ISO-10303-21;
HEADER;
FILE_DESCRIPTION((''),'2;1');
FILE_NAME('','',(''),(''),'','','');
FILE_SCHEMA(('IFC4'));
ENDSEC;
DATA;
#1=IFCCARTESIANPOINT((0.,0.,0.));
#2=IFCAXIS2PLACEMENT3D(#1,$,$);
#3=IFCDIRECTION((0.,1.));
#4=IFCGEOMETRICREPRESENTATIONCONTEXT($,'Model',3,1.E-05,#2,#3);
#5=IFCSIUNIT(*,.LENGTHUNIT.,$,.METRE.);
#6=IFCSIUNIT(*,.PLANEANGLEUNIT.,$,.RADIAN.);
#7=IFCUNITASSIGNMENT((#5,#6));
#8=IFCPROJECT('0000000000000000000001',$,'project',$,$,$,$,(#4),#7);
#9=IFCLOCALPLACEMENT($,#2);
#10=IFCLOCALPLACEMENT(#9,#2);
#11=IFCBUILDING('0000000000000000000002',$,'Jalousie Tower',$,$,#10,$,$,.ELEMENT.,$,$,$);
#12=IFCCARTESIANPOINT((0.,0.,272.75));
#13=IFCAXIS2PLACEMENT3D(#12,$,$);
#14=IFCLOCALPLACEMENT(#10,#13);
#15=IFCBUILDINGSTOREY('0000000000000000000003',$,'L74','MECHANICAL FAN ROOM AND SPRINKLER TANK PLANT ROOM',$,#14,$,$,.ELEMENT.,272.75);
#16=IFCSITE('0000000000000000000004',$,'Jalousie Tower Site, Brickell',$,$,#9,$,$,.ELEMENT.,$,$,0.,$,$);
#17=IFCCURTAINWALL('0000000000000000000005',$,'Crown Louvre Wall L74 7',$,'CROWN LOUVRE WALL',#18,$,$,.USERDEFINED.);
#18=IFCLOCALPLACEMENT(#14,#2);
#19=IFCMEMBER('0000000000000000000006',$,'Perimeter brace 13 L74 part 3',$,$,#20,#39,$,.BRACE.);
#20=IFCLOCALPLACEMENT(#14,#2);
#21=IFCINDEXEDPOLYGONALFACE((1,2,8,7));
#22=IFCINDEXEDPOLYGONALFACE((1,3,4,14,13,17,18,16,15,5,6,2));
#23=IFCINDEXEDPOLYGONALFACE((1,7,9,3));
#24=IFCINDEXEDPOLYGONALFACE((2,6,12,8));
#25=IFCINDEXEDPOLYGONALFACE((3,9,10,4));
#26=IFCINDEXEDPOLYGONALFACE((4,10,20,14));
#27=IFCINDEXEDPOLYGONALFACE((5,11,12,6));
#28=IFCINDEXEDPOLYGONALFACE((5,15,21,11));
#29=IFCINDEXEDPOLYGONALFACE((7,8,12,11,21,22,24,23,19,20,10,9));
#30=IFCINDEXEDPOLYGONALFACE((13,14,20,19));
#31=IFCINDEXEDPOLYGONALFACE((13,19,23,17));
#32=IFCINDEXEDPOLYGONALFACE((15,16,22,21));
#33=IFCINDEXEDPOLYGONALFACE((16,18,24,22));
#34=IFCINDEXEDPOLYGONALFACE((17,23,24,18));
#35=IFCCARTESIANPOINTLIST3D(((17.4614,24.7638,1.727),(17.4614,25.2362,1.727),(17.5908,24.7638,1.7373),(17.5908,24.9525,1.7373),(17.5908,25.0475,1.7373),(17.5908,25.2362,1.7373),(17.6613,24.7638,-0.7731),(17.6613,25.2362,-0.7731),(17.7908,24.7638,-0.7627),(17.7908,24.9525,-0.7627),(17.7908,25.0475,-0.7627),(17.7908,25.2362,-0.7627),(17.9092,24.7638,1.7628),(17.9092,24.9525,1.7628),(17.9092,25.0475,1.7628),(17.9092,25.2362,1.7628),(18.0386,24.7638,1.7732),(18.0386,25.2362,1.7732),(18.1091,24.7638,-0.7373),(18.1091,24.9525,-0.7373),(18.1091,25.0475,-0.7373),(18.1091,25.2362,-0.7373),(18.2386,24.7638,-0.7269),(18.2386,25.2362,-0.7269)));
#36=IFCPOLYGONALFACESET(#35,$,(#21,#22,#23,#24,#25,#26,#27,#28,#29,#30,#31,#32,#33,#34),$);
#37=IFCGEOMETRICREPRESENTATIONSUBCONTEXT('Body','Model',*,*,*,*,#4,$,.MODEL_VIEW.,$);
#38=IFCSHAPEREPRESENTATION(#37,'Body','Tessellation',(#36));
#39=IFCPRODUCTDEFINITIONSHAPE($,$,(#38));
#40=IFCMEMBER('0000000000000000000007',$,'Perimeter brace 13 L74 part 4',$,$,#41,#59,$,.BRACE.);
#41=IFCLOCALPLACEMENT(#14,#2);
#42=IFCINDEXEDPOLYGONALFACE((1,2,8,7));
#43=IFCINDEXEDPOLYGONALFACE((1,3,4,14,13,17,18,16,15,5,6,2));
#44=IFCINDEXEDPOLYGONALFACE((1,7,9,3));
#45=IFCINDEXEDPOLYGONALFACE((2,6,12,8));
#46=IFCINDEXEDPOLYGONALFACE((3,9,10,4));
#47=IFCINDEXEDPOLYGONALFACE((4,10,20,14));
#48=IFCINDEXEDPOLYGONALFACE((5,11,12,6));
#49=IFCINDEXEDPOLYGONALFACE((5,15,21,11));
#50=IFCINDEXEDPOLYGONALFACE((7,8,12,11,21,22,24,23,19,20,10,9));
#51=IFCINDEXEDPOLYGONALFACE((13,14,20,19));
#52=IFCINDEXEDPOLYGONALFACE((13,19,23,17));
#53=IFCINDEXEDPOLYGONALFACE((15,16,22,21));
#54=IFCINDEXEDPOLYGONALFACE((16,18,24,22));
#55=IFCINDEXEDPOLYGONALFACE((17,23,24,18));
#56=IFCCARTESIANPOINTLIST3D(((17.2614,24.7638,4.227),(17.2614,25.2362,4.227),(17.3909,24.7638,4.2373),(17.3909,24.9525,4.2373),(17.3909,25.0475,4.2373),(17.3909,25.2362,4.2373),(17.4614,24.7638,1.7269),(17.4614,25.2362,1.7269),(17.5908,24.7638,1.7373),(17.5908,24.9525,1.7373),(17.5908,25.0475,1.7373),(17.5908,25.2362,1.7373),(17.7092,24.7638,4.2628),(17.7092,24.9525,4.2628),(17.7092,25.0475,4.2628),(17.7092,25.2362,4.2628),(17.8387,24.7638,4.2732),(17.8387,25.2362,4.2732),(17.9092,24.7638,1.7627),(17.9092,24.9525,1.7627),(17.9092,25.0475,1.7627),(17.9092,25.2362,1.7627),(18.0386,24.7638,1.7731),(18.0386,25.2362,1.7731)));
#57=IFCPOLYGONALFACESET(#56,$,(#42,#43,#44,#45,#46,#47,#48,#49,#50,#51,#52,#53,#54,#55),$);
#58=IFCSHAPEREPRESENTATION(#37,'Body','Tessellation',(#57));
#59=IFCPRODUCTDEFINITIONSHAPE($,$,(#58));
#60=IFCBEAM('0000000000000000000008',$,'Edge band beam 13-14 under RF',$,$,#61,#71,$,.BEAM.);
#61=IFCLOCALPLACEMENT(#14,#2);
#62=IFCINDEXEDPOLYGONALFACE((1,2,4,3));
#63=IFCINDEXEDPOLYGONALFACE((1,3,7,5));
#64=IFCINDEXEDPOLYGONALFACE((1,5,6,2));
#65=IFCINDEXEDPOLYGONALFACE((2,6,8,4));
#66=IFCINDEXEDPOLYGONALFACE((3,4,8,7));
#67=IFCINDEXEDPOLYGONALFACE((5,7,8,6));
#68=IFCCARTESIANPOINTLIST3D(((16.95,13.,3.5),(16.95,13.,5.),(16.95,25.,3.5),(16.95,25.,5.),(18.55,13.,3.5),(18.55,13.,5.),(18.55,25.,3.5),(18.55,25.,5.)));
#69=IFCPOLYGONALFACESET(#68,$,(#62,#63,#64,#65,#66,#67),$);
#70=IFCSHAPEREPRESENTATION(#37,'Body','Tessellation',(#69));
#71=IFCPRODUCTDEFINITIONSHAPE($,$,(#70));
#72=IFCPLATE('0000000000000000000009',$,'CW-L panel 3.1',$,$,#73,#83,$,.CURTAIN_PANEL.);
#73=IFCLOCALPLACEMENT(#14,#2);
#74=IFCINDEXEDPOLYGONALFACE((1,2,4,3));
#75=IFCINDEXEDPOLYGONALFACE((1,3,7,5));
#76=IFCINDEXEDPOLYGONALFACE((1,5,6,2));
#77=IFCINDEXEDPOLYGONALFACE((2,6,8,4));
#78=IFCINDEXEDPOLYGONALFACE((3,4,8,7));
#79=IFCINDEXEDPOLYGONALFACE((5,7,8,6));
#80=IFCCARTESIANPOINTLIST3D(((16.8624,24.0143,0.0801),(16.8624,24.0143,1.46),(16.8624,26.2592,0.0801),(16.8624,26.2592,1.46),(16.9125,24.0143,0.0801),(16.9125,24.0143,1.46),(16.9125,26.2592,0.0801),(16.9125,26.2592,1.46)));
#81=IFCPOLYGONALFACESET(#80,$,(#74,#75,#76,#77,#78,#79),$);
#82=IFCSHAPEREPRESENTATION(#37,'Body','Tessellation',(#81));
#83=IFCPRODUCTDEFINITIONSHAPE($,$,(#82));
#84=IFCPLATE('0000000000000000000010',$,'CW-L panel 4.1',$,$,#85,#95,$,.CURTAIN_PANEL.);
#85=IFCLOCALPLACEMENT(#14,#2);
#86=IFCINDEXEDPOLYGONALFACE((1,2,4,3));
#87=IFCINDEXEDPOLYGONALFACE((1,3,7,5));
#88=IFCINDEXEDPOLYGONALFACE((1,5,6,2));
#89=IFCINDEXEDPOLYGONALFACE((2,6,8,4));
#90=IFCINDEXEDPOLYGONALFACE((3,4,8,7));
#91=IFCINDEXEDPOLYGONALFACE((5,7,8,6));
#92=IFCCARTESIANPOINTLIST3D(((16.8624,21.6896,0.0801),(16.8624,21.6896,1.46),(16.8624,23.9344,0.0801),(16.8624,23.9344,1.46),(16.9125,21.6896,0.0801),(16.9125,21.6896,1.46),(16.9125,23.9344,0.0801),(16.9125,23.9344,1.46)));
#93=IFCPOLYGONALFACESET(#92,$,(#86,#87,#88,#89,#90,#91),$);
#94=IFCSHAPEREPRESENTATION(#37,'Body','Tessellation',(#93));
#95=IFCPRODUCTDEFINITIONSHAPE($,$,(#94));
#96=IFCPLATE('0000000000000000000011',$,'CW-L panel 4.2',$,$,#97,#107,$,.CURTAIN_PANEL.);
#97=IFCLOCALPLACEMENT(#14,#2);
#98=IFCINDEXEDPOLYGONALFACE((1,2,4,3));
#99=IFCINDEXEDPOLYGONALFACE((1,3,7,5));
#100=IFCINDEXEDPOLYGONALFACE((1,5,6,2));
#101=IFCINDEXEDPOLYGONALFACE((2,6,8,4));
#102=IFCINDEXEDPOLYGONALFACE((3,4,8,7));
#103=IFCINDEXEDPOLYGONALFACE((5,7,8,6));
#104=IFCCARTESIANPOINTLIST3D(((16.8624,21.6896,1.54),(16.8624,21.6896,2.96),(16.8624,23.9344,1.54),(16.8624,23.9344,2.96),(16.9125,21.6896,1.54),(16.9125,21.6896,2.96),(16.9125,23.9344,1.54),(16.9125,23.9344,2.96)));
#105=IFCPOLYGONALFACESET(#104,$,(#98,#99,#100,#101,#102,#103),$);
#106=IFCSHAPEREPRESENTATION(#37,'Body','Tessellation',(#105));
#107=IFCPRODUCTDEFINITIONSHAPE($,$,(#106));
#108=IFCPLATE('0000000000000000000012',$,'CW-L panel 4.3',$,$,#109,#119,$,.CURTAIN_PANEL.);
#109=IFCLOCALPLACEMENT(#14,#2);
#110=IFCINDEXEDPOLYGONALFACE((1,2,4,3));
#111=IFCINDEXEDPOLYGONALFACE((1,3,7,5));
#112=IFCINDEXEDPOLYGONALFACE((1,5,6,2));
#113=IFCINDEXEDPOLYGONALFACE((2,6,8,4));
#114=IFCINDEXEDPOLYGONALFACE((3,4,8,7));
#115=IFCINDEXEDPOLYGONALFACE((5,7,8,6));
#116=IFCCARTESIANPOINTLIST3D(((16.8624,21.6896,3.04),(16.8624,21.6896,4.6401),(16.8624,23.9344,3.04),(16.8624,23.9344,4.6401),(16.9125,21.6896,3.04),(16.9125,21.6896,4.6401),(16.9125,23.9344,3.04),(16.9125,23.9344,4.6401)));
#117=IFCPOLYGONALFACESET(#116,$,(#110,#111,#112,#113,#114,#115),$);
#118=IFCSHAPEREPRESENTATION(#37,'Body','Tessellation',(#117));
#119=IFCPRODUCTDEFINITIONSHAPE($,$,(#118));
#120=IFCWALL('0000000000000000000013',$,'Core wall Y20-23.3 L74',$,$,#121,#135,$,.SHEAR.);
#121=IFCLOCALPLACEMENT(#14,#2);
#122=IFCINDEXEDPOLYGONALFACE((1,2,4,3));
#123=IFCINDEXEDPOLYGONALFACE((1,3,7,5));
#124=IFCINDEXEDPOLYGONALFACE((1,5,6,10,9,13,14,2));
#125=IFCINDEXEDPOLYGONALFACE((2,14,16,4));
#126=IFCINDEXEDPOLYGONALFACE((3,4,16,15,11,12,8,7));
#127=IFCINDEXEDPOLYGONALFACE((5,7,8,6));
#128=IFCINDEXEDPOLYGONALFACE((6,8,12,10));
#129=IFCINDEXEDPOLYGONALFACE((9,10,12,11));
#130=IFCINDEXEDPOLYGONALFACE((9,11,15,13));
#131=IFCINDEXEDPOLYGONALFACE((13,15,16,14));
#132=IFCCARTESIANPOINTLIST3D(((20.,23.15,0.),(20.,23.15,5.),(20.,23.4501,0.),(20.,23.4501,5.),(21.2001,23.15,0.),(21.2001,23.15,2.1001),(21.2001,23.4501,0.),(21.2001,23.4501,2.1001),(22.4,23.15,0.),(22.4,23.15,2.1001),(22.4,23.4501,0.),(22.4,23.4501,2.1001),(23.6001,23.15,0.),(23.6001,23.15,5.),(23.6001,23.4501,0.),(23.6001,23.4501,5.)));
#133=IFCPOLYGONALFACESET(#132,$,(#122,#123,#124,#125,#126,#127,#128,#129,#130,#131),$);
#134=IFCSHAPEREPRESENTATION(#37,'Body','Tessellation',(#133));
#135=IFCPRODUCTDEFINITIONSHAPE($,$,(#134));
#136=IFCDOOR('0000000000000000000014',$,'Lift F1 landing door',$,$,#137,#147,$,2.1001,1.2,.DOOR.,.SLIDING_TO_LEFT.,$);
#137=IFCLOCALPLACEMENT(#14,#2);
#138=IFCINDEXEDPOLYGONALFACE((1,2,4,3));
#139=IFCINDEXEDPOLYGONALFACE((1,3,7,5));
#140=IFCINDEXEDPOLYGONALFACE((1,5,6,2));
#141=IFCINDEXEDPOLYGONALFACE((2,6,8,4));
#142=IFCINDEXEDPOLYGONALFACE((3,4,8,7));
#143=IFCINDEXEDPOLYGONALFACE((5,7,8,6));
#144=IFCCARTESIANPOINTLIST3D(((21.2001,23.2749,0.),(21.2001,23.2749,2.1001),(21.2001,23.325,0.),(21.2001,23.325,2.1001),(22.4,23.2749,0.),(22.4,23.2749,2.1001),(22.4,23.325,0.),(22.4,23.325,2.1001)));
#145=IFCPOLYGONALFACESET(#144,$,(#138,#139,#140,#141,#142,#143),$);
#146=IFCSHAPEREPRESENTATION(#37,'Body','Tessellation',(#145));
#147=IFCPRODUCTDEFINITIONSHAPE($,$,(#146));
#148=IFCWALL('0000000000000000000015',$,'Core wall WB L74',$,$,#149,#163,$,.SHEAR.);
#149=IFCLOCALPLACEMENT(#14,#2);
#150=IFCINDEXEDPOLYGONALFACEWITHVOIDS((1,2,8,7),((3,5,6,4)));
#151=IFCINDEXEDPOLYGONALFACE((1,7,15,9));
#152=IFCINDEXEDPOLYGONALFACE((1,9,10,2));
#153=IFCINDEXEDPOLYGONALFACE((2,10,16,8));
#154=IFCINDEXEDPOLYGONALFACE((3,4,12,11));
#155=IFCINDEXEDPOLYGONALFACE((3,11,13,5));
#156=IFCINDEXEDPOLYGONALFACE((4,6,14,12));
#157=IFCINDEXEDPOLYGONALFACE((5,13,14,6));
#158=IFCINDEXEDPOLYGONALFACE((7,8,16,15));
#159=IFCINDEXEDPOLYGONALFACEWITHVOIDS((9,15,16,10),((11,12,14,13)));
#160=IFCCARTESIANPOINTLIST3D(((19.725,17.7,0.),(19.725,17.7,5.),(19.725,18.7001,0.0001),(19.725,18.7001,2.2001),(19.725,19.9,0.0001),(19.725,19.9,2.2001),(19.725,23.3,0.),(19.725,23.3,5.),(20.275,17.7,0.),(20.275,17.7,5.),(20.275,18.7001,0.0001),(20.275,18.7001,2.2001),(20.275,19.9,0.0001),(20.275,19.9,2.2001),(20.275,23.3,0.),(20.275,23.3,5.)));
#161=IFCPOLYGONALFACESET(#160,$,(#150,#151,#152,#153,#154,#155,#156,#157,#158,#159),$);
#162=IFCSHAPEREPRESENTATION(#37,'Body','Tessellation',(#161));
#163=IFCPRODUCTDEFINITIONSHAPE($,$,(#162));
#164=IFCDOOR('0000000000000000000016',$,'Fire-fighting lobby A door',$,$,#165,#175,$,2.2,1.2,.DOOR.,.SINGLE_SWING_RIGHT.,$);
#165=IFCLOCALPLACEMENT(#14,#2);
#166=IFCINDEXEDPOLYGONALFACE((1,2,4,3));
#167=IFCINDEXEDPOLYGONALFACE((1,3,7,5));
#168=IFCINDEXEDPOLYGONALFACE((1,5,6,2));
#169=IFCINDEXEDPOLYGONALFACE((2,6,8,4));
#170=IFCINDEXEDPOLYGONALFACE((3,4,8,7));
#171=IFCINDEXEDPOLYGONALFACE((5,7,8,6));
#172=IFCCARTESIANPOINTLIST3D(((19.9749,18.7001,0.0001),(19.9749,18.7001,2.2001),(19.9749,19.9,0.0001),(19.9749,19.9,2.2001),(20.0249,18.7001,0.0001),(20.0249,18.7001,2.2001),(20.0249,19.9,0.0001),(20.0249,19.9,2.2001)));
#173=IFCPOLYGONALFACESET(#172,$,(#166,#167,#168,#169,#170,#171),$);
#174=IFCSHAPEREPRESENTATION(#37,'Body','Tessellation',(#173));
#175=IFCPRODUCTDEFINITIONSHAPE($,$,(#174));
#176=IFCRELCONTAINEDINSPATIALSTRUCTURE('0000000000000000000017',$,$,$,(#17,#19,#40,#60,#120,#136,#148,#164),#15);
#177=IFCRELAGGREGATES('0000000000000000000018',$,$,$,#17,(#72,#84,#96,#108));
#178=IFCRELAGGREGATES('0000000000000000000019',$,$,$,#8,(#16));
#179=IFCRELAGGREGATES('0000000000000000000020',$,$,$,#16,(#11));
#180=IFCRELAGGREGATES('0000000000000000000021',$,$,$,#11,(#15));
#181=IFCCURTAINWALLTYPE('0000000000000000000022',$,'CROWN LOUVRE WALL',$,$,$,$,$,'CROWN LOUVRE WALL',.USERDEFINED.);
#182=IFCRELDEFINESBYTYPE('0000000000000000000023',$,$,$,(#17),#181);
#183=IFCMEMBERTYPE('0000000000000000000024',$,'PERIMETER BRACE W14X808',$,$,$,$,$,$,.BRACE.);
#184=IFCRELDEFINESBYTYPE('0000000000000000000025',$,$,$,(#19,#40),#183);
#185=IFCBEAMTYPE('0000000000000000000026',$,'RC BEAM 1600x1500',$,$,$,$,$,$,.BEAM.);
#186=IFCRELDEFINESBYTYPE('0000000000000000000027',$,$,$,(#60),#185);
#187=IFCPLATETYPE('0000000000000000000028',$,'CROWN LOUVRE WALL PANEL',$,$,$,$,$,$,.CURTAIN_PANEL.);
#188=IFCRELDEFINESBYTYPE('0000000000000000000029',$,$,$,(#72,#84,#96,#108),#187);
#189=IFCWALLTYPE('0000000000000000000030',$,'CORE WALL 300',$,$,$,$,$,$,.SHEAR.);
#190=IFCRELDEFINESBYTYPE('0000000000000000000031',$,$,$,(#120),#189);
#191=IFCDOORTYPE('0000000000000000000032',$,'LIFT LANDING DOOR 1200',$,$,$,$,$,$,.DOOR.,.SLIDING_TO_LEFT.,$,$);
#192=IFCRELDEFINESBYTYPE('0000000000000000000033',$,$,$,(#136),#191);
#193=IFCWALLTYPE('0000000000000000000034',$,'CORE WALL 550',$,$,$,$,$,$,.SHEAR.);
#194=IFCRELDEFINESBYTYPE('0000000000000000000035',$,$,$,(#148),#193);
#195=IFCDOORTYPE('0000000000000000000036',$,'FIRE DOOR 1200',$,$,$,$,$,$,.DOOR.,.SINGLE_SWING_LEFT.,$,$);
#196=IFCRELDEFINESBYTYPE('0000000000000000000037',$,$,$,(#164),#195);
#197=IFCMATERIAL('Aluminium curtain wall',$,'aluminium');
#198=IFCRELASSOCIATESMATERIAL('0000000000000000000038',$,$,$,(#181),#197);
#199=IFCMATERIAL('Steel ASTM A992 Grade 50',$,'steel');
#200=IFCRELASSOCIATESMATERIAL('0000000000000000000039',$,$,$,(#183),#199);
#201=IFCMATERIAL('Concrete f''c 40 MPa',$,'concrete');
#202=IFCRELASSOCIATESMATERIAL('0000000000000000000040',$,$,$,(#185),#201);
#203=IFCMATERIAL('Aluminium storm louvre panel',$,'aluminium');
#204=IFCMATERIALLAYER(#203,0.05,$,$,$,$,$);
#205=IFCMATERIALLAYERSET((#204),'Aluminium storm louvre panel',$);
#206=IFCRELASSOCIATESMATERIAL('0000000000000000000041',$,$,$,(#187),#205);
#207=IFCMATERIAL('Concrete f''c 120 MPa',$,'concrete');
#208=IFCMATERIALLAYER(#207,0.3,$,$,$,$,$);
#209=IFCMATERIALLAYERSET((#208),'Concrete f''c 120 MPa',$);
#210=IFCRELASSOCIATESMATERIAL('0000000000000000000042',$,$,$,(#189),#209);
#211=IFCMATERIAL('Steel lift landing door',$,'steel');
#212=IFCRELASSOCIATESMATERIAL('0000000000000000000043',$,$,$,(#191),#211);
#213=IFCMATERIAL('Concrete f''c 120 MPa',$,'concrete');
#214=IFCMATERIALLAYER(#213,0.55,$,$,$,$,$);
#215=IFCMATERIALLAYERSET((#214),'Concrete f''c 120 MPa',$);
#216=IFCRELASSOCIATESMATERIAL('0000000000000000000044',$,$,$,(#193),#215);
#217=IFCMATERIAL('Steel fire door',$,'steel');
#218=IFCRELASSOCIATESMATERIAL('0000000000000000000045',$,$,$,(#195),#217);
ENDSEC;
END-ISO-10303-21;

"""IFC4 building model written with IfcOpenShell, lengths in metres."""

from ifc_helpers import new_model, si_unit, direction, frame, frame_2d, origin, origin_2d, place, context, subcontext, project, spatial, rectangle, i_section, extrude, material, layer, layer_set, material_profile, profile_set, type_object, element, fill, aggregate, save


model = new_model("IFC4")

# Units and contexts
model_context = context("Model", 3, precision=1e-05, world=origin(), true_north=direction((0.0, 1.0)))
body_context = subcontext(model_context, "Body", "Model", "MODEL_VIEW")
ifc_project = project(units=[si_unit("LENGTHUNIT", "METRE"), si_unit("PLANEANGLEUNIT", "RADIAN")], contexts=[model_context])

# Site, building, storey
site_placement = place(None, origin())
site = spatial("IfcSite", under=ifc_project, at=site_placement, Name="Jalousie Tower Site, Brickell", CompositionType="ELEMENT", RefElevation=0.0)
building_placement = place(site_placement, origin())
building = spatial("IfcBuilding", under=site, at=building_placement, Name="Jalousie Tower", CompositionType="ELEMENT")
storey_placement = place(building_placement, frame((0.0, 0.0, 272.75)))
storey = spatial("IfcBuildingStorey", under=building, at=storey_placement, Name="L74", Description="MECHANICAL FAN ROOM AND SPRINKLER TANK PLANT ROOM", CompositionType="ELEMENT", Elevation=272.75)

# Curtain wall
ifc_material_1 = material(Name="Aluminium curtain wall", Category="aluminium")
curtain_wall_type = type_object("IfcCurtainWallType", Name="CROWN LOUVRE WALL", ElementType="CROWN LOUVRE WALL", PredefinedType="USERDEFINED", material=ifc_material_1)
curtain_wall_placement = place(storey_placement, origin())
curtain_wall = element("IfcCurtainWall", 1, at=curtain_wall_placement, inside=storey, type_object=curtain_wall_type, Name="Crown Louvre Wall L74 7", ObjectType="CROWN LOUVRE WALL", PredefinedType="USERDEFINED")

# Members
ifc_material_2 = material(Name="Steel ASTM A992 Grade 50", Category="steel")
ifc_material_profile_1 = material_profile(ifc_material_2, i_section(OverallWidth=0.4724, OverallDepth=0.5791, WebThickness=0.095, FlangeThickness=0.1299, at=origin_2d()), Name="W14X808")
ifc_profile_set_1 = profile_set([ifc_material_profile_1], Name="Steel ASTM A992 Grade 50")
member_type_1 = type_object("IfcMemberType", Name="PERIMETER BRACE W14X808", PredefinedType="BRACE", material=ifc_profile_set_1)
for number, where, z_axis, x_axis, name in (
    (2, (17.95, 25.0, -0.75), (-0.079726, 0.0, 0.996817), (0.0, -1.0, 0.0), "Perimeter brace 13 L74 part 3"),
    (3, (17.75, 25.0, 1.75), (-0.079726, 0.0, 0.996817), (0.0, -1.0, 0.0), "Perimeter brace 13 L74 part 4"),
):
    element("IfcMember", number, at=place(storey_placement, frame(where, z_axis=z_axis, x_axis=x_axis)), inside=storey, type_object=member_type_1, Name=name, PredefinedType="BRACE", context=body_context, shape_type="SweptSolid", body=[
        extrude(i_section(OverallWidth=0.4724, OverallDepth=0.5791, WebThickness=0.095, FlangeThickness=0.1299, at=origin_2d()), origin(), (0.0, 0.0, 1.0), 2.5081),
    ])

# Beam
ifc_material_3 = material(Name="Concrete f'c 40 MPa", Category="concrete")
ifc_material_profile_2 = material_profile(ifc_material_3, rectangle(XDim=1.6001, YDim=1.5, at=origin_2d()), Name="RC 1600x1500")
ifc_profile_set_2 = profile_set([ifc_material_profile_2], Name="Concrete f'c 40 MPa")
beam_type = type_object("IfcBeamType", Name="RC BEAM 1600x1500", PredefinedType="BEAM", material=ifc_profile_set_2)
beam_placement = place(storey_placement, frame((17.75, 25.0, 4.25), z_axis=(0.0, -1.0, 0.0), x_axis=(1.0, 0.0, 0.0)))
element("IfcBeam", 4, at=beam_placement, inside=storey, type_object=beam_type, Name="Edge band beam 13-14 under RF", PredefinedType="BEAM", context=body_context, shape_type="SweptSolid", body=[
    extrude(rectangle(XDim=1.6001, YDim=1.5, at=origin_2d()), origin(), (0.0, 0.0, 1.0), 12.0),
])

# Plates
ifc_material_4 = material(Name="Aluminium storm louvre panel", Category="aluminium")
ifc_layer_1 = layer(ifc_material_4, 0.05)
ifc_layer_set_1 = layer_set([ifc_layer_1], Name="Aluminium storm louvre panel")
plate_type = type_object("IfcPlateType", Name="CROWN LOUVRE WALL PANEL", PredefinedType="CURTAIN_PANEL", material=ifc_layer_set_1)
plate_1_placement = place(storey_placement, frame((16.8875, 25.1367, 0.0801), z_axis=(0.0, 0.0, 1.0), x_axis=(0.0, -1.0, 0.0)))
plate_1 = element("IfcPlate", 5, at=plate_1_placement, type_object=plate_type, Name="CW-L panel 3.1", PredefinedType="CURTAIN_PANEL", context=body_context, shape_type="SweptSolid", body=[
    extrude(rectangle(XDim=2.2449, YDim=0.05, at=origin_2d()), origin(), (0.0, 0.0, 1.0), 1.3799),
])
plate_2_placement = place(storey_placement, frame((16.8875, 22.812, 0.0801), z_axis=(0.0, 0.0, 1.0), x_axis=(0.0, -1.0, 0.0)))
plate_2 = element("IfcPlate", 6, at=plate_2_placement, type_object=plate_type, Name="CW-L panel 4.1", PredefinedType="CURTAIN_PANEL", context=body_context, shape_type="SweptSolid", body=[
    extrude(rectangle(XDim=2.2449, YDim=0.05, at=origin_2d()), origin(), (0.0, 0.0, 1.0), 1.3799),
])
plate_3_placement = place(storey_placement, frame((16.8875, 22.812, 1.54), z_axis=(0.0, 0.0, 1.0), x_axis=(0.0, -1.0, 0.0)))
plate_3 = element("IfcPlate", 7, at=plate_3_placement, type_object=plate_type, Name="CW-L panel 4.2", PredefinedType="CURTAIN_PANEL", context=body_context, shape_type="SweptSolid", body=[
    extrude(rectangle(XDim=2.2449, YDim=0.05, at=origin_2d()), origin(), (0.0, 0.0, 1.0), 1.4199),
])
plate_4_placement = place(storey_placement, frame((16.8875, 22.812, 3.04), z_axis=(0.0, 0.0, 1.0), x_axis=(0.0, -1.0, 0.0)))
plate_4 = element("IfcPlate", 8, at=plate_4_placement, type_object=plate_type, Name="CW-L panel 4.3", PredefinedType="CURTAIN_PANEL", context=body_context, shape_type="SweptSolid", body=[
    extrude(rectangle(XDim=2.2449, YDim=0.05, at=origin_2d()), origin(), (0.0, 0.0, 1.0), 1.6001),
])
aggregate(curtain_wall, [plate_1, plate_2, plate_3, plate_4])

# Walls, openings, doors
ifc_material_5 = material(Name="Concrete f'c 120 MPa", Category="concrete")
ifc_layer_2 = layer(ifc_material_5, 0.3)
ifc_layer_set_2 = layer_set([ifc_layer_2], Name="Concrete f'c 120 MPa")
wall_type_1 = type_object("IfcWallType", Name="CORE WALL 300", PredefinedType="SHEAR", material=ifc_layer_set_2)
wall_1_placement = place(storey_placement, frame((20.0, 23.3, 0.0), z_axis=(0.0, 0.0, 1.0), x_axis=(1.0, 0.0, 0.0)))
wall_1 = element("IfcWall", 9, at=wall_1_placement, inside=storey, type_object=wall_type_1, Name="Core wall Y20-23.3 L74", PredefinedType="SHEAR", context=body_context, shape_type="SweptSolid", body=[
    extrude(rectangle(XDim=3.6001, YDim=0.3, at=frame_2d((1.8, 0.0))), origin(), (0.0, 0.0, 1.0), 5.0),
])
opening_1_placement = place(wall_1_placement, frame((1.2, 0.0, 0.0)))
opening_1 = element("IfcOpeningElement", 10, at=opening_1_placement, cuts=wall_1, PredefinedType="OPENING", context=body_context, shape_type="SweptSolid", body=[
    extrude(rectangle(XDim=1.2, YDim=2.1001, at=frame_2d((0.6001, 1.05))), frame((0.0, 0.1599, 0.0), z_axis=(0.0, -1.0, 0.0), x_axis=(1.0, 0.0, 0.0)), (0.0, 0.0, 1.0), 0.3201),
])
ifc_material_6 = material(Name="Steel lift landing door", Category="steel")
door_type_1 = type_object("IfcDoorType", Name="LIFT LANDING DOOR 1200", OperationType="SLIDING_TO_LEFT", PredefinedType="DOOR", material=ifc_material_6)
door_1_placement = place(opening_1_placement, origin())
door_1 = element("IfcDoor", 11, at=door_1_placement, inside=storey, type_object=door_type_1, Name="Lift F1 landing door", OperationType="SLIDING_TO_LEFT", OverallHeight=2.1001, OverallWidth=1.2, PredefinedType="DOOR", context=body_context, shape_type="SweptSolid", body=[
    extrude(rectangle(XDim=1.2, YDim=2.1001, at=frame_2d((0.6001, 1.05))), frame((0.0, 0.0249, 0.0), z_axis=(0.0, -1.0, 0.0), x_axis=(1.0, 0.0, 0.0)), (0.0, 0.0, 1.0), 0.05),
])
fill(opening_1, door_1)
ifc_material_7 = material(Name="Concrete f'c 120 MPa", Category="concrete")
ifc_layer_3 = layer(ifc_material_7, 0.55)
ifc_layer_set_3 = layer_set([ifc_layer_3], Name="Concrete f'c 120 MPa")
wall_type_2 = type_object("IfcWallType", Name="CORE WALL 550", PredefinedType="SHEAR", material=ifc_layer_set_3)
wall_2_placement = place(storey_placement, frame((20.0, 23.3, 0.0), z_axis=(0.0, 0.0, 1.0), x_axis=(0.0, -1.0, 0.0)))
wall_2 = element("IfcWall", 12, at=wall_2_placement, inside=storey, type_object=wall_type_2, Name="Core wall WB L74", PredefinedType="SHEAR", context=body_context, shape_type="SweptSolid", body=[
    extrude(rectangle(XDim=5.6001, YDim=0.55, at=frame_2d((2.8, 0.0))), origin(), (0.0, 0.0, 1.0), 5.0),
])
opening_2_placement = place(wall_2_placement, frame((3.3999, 0.0, 0.0)))
opening_2 = element("IfcOpeningElement", 13, at=opening_2_placement, cuts=wall_2, PredefinedType="OPENING", context=body_context, shape_type="SweptSolid", body=[
    extrude(rectangle(XDim=1.2, YDim=2.2, at=frame_2d((0.6001, 1.1001))), frame((0.0, 0.2849, 0.0), z_axis=(0.0, -1.0, 0.0), x_axis=(1.0, 0.0, 0.0)), (0.0, 0.0, 1.0), 0.5701),
])
ifc_material_8 = material(Name="Steel fire door", Category="steel")
door_type_2 = type_object("IfcDoorType", Name="FIRE DOOR 1200", OperationType="SINGLE_SWING_LEFT", PredefinedType="DOOR", material=ifc_material_8)
door_2_placement = place(opening_2_placement, origin())
door_2 = element("IfcDoor", 14, at=door_2_placement, inside=storey, type_object=door_type_2, Name="Fire-fighting lobby A door", OperationType="SINGLE_SWING_RIGHT", OverallHeight=2.2, OverallWidth=1.2, PredefinedType="DOOR", context=body_context, shape_type="SweptSolid", body=[
    extrude(rectangle(XDim=1.2, YDim=2.2, at=frame_2d((0.6001, 1.1001))), frame((0.0, 0.0249, 0.0), z_axis=(0.0, -1.0, 0.0), x_axis=(1.0, 0.0, 0.0)), (0.0, 0.0, 1.0), 0.05),
])
fill(opening_2, door_2)

save(model, "model.ifc")
